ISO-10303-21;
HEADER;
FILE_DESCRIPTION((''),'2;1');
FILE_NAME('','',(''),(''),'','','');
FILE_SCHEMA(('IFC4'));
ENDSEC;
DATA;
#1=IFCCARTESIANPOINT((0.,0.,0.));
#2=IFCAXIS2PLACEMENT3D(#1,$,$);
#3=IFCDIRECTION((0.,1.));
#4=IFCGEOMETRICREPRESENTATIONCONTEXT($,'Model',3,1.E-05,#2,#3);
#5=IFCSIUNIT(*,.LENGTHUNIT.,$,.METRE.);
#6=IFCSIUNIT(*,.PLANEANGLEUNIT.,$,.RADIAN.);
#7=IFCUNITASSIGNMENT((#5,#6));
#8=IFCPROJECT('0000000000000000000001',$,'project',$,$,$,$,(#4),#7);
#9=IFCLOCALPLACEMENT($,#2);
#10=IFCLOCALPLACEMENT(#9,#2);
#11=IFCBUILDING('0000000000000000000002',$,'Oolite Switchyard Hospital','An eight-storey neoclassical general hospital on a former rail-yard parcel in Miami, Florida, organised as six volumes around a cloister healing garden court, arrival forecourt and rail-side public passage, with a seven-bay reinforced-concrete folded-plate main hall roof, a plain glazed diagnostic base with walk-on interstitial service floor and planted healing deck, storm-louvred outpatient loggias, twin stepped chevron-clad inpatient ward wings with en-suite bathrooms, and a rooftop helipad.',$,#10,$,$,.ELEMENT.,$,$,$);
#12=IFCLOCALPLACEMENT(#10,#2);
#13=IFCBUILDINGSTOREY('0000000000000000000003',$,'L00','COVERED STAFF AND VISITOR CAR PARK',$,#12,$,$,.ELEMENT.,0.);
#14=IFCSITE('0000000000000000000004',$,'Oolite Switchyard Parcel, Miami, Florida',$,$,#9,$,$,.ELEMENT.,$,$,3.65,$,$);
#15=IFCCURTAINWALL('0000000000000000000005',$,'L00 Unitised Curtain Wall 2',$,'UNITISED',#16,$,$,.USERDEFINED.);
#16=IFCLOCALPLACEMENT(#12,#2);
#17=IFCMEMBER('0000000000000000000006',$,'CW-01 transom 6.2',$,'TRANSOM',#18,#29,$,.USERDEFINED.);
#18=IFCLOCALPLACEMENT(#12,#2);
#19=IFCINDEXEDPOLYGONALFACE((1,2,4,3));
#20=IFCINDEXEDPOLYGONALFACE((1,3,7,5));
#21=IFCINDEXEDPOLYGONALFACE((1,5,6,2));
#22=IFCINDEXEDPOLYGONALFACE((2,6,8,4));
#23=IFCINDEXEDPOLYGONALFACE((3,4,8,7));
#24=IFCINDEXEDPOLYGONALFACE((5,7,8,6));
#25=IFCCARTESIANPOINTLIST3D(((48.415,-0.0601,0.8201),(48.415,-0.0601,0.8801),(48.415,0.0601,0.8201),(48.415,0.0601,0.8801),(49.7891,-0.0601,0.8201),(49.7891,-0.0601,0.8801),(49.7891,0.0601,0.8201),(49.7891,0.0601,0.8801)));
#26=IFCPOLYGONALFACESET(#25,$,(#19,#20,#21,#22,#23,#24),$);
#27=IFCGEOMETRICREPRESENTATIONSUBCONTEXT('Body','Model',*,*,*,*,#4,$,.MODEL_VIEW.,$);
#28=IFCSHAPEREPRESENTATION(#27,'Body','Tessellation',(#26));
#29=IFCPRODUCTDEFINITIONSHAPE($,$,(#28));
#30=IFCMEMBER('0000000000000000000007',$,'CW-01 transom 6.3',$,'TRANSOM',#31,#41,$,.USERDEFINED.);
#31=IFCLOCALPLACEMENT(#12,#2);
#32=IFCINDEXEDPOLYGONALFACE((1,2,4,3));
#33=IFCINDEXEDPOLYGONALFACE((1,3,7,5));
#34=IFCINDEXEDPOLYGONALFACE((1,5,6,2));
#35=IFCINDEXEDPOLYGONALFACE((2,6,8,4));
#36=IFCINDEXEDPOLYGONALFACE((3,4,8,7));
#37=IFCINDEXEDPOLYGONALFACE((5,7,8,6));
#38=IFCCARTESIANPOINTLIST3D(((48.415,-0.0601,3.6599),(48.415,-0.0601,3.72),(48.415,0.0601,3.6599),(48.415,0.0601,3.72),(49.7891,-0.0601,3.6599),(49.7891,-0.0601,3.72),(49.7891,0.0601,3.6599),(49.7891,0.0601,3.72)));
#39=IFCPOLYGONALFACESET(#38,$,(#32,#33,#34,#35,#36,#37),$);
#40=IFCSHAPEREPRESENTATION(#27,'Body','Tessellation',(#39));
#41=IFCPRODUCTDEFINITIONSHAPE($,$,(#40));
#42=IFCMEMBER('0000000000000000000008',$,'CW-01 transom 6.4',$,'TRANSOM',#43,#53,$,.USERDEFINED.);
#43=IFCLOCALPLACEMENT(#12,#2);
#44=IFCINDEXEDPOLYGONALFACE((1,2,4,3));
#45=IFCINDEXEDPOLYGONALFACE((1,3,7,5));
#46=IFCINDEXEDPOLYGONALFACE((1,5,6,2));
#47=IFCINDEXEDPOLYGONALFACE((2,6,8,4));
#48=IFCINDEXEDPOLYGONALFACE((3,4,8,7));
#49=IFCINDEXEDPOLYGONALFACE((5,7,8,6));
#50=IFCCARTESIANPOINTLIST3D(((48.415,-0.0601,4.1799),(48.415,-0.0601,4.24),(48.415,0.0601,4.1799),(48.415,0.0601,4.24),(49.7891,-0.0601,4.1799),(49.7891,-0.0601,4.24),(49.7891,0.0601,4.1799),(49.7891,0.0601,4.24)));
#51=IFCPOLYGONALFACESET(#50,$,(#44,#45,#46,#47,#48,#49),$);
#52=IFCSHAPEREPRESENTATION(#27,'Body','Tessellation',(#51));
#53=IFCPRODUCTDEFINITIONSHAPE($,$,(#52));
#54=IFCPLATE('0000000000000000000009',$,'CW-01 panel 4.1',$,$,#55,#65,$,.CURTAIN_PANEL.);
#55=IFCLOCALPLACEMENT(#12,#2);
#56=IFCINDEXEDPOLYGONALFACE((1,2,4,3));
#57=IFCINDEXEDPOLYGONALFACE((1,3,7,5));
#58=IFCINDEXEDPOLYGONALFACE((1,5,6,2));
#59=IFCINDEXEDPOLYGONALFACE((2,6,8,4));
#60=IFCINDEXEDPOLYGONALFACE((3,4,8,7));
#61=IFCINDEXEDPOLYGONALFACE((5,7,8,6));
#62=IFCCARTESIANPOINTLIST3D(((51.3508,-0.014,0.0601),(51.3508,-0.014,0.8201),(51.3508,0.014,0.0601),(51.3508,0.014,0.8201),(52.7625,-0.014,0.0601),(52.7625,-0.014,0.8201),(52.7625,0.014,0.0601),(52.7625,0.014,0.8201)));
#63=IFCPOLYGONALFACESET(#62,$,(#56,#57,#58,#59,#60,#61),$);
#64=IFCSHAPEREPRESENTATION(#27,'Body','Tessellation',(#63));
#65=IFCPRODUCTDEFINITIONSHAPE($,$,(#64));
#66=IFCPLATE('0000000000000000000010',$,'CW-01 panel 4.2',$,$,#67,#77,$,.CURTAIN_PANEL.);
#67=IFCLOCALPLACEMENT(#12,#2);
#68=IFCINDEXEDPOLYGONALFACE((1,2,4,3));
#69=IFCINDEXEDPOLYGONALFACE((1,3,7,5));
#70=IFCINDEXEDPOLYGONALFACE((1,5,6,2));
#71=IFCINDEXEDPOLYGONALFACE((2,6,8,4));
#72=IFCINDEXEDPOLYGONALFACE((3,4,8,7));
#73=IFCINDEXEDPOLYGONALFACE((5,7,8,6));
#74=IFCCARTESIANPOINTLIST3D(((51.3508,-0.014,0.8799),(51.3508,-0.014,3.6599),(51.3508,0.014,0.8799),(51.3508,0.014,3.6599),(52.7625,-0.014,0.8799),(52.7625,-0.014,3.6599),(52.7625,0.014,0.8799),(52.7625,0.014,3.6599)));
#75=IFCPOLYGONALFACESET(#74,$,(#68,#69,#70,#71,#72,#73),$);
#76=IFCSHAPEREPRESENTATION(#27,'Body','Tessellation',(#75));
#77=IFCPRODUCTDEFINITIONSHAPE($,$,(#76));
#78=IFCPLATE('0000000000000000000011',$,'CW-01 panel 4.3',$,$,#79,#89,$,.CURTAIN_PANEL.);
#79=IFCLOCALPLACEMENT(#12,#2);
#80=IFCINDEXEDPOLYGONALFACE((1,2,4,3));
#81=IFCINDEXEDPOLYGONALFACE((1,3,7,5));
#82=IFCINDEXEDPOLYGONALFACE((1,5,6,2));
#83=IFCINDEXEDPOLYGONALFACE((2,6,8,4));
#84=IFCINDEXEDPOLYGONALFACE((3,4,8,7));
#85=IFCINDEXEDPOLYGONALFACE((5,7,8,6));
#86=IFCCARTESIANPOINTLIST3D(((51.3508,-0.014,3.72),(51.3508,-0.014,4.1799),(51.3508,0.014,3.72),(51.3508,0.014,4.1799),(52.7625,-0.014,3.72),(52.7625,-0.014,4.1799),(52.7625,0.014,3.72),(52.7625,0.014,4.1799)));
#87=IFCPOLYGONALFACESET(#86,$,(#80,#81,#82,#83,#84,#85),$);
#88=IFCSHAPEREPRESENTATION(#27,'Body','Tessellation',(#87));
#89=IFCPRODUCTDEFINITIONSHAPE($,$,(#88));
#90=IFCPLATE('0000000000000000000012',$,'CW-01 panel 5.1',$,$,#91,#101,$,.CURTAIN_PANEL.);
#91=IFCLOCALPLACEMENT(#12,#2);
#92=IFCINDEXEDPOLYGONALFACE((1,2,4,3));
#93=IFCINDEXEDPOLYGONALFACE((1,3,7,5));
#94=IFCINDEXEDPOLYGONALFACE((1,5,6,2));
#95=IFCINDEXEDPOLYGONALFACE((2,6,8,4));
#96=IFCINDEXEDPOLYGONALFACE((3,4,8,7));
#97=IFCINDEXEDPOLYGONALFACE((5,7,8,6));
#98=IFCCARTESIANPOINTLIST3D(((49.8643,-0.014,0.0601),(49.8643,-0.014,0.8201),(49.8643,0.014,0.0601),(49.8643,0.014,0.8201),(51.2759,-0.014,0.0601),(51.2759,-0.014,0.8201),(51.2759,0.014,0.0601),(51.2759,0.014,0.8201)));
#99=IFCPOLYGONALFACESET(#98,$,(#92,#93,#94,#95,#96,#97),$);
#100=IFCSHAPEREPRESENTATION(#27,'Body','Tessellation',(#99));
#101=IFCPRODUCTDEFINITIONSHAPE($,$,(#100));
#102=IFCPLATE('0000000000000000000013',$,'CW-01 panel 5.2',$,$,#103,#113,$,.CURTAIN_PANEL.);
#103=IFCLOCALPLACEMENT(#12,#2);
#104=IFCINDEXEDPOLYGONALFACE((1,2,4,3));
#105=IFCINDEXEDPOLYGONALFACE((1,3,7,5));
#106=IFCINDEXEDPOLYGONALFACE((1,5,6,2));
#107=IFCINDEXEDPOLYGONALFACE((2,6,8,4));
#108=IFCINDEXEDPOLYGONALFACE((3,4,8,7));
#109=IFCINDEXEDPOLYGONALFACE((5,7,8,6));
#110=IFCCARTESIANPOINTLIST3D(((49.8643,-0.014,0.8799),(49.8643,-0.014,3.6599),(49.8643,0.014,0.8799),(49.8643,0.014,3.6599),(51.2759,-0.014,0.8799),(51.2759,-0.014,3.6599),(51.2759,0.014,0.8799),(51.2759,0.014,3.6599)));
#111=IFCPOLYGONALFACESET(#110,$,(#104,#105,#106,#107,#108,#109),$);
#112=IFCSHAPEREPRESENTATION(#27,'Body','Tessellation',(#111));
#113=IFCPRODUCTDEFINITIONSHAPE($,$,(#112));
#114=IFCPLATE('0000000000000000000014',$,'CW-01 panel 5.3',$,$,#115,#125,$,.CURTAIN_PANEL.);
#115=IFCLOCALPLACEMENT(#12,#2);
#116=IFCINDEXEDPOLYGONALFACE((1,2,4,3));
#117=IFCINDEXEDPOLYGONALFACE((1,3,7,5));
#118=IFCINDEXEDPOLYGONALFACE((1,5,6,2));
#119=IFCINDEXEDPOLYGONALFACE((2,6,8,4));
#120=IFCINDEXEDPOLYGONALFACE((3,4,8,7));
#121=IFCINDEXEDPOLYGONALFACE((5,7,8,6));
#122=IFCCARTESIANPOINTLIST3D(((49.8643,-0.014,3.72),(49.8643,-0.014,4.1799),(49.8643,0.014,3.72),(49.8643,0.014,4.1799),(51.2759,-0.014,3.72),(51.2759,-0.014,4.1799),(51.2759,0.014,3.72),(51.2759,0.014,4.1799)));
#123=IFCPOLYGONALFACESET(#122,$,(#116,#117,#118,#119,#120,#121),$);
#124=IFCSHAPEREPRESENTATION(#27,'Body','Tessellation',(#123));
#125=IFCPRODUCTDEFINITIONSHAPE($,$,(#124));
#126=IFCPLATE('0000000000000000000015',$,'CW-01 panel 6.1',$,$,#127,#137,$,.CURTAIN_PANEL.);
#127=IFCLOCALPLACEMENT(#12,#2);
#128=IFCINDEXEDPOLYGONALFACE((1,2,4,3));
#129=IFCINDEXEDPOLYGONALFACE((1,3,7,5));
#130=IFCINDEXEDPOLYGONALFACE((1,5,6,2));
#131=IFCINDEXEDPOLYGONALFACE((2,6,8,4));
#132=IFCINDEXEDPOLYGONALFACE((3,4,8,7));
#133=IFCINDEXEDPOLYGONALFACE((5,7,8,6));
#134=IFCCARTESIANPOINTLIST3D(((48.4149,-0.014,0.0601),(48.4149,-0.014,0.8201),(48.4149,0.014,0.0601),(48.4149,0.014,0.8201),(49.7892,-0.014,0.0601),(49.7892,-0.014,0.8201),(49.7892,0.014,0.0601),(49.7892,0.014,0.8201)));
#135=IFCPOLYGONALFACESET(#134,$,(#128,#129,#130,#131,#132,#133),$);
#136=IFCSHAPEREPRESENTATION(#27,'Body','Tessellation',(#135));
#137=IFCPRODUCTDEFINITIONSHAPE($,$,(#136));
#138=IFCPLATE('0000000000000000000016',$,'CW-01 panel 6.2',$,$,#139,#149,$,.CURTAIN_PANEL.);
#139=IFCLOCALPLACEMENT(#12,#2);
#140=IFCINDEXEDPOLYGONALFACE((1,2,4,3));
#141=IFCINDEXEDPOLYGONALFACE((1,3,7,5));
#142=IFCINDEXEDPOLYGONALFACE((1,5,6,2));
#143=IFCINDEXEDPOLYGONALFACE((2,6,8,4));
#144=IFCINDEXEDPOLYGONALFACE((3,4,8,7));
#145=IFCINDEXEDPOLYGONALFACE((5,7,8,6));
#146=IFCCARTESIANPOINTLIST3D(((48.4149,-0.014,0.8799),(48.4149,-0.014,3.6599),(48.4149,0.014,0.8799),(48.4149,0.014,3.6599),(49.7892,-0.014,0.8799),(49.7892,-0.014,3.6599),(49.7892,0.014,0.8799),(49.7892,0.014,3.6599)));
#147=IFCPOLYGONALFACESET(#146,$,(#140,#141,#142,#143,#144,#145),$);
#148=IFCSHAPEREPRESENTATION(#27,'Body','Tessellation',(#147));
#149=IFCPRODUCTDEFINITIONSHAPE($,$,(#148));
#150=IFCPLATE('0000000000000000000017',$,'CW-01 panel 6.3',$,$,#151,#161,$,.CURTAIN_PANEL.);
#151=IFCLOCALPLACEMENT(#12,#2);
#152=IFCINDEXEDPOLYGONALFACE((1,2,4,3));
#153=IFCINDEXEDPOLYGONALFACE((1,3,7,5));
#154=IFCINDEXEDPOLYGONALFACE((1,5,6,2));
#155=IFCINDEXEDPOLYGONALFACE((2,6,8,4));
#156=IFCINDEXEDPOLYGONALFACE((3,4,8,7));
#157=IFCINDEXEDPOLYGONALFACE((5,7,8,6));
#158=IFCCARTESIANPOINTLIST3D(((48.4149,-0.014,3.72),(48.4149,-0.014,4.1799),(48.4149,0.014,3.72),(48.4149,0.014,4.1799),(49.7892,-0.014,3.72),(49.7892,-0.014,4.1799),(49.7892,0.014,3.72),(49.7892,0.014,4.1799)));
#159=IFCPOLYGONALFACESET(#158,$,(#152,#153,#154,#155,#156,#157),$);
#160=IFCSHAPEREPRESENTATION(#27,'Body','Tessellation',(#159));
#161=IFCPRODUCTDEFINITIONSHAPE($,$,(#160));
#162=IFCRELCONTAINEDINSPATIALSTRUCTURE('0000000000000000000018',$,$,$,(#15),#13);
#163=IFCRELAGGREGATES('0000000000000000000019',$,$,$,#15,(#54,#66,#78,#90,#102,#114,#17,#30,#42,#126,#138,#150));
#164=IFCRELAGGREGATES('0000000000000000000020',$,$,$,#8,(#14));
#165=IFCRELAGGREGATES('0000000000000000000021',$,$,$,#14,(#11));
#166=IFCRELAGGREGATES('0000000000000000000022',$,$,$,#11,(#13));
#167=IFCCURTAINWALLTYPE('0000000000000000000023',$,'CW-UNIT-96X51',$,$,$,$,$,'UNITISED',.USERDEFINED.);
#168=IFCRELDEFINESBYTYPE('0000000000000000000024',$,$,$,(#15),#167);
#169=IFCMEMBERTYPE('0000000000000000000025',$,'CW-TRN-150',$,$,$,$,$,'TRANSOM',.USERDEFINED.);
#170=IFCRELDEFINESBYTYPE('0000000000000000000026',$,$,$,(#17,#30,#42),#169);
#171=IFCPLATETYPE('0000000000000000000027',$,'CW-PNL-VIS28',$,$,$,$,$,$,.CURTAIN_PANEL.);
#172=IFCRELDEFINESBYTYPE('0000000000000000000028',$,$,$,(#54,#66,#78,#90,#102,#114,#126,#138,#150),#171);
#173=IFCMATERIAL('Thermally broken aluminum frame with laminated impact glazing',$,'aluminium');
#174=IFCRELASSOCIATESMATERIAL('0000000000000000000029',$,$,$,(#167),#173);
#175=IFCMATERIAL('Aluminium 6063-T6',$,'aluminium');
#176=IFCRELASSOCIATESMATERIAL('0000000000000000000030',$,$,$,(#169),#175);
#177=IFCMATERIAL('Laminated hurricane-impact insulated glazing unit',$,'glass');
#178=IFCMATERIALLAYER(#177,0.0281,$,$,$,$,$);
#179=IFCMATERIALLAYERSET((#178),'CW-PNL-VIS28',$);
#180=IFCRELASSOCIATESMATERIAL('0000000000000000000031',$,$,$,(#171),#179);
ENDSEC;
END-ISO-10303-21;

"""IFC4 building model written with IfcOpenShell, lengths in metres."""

from ifc_helpers import new_model, si_unit, direction, frame, origin, origin_2d, place, context, subcontext, project, spatial, rectangle, extrude, material, layer, layer_set, material_profile, profile_set, type_object, element, aggregate, save


model = new_model("IFC4")

# Units and contexts
model_context = context("Model", 3, precision=1e-05, world=origin(), true_north=direction((0.0, 1.0)))
body_context = subcontext(model_context, "Body", "Model", "MODEL_VIEW")
ifc_project = project(units=[si_unit("LENGTHUNIT", "METRE"), si_unit("PLANEANGLEUNIT", "RADIAN")], contexts=[model_context])

# Site, building, storey
site_placement = place(None, origin())
site = spatial("IfcSite", under=ifc_project, at=site_placement, Name="Oolite Switchyard Parcel, Miami, Florida", CompositionType="ELEMENT", RefElevation=3.65)
building_placement = place(site_placement, origin())
building = spatial("IfcBuilding", under=site, at=building_placement, Name="Oolite Switchyard Hospital", Description="An eight-storey neoclassical general hospital on a former rail-yard parcel in Miami, Florida, organised as six volumes around a cloister healing garden court, arrival forecourt and rail-side public passage, with a seven-bay reinforced-concrete folded-plate main hall roof, a plain glazed diagnostic base with walk-on interstitial service floor and planted healing deck, storm-louvred outpatient loggias, twin stepped chevron-clad inpatient ward wings with en-suite bathrooms, and a rooftop helipad.", CompositionType="ELEMENT")
storey_placement = place(building_placement, origin())
storey = spatial("IfcBuildingStorey", under=building, at=storey_placement, Name="L00", Description="COVERED STAFF AND VISITOR CAR PARK", CompositionType="ELEMENT", Elevation=0.0)

# Curtain wall, members, plates
ifc_material_1 = material(Name="Thermally broken aluminum frame with laminated impact glazing", Category="aluminium")
curtain_wall_type = type_object("IfcCurtainWallType", Name="CW-UNIT-96X51", ElementType="UNITISED", PredefinedType="USERDEFINED", material=ifc_material_1)
curtain_wall_placement = place(storey_placement, origin())
curtain_wall = element("IfcCurtainWall", 1, at=curtain_wall_placement, inside=storey, type_object=curtain_wall_type, Name="L00 Unitised Curtain Wall 2", ObjectType="UNITISED", PredefinedType="USERDEFINED")
ifc_material_2 = material(Name="Aluminium 6063-T6", Category="aluminium")
ifc_material_profile_1 = material_profile(ifc_material_2, rectangle(XDim=0.1201, YDim=0.0601, at=origin_2d()), Name="CWT60X120")
ifc_profile_set_1 = profile_set([ifc_material_profile_1], Name="Aluminium 6063-T6")
member_type_1 = type_object("IfcMemberType", Name="CW-TRN-150", ElementType="TRANSOM", PredefinedType="USERDEFINED", material=ifc_profile_set_1)
member_1_placement = place(storey_placement, frame((49.7891, 0.0, 0.8501), z_axis=(-1.0, 0.0, 0.0), x_axis=(0.0, -1.0, 0.0)))
member_1 = element("IfcMember", 2, at=member_1_placement, type_object=member_type_1, Name="CW-01 transom 6.2", ObjectType="TRANSOM", PredefinedType="USERDEFINED", context=body_context, shape_type="SweptSolid", body=[
    extrude(rectangle(XDim=0.1201, YDim=0.0601, at=origin_2d()), origin(), (0.0, 0.0, 1.0), 1.374),
])
member_2_placement = place(storey_placement, frame((49.7891, 0.0, 3.6899), z_axis=(-1.0, 0.0, 0.0), x_axis=(0.0, -1.0, 0.0)))
member_2 = element("IfcMember", 3, at=member_2_placement, type_object=member_type_1, Name="CW-01 transom 6.3", ObjectType="TRANSOM", PredefinedType="USERDEFINED", context=body_context, shape_type="SweptSolid", body=[
    extrude(rectangle(XDim=0.1201, YDim=0.0601, at=origin_2d()), origin(), (0.0, 0.0, 1.0), 1.374),
])
member_3_placement = place(storey_placement, frame((49.7891, 0.0, 4.21), z_axis=(-1.0, 0.0, 0.0), x_axis=(0.0, -1.0, 0.0)))
member_3 = element("IfcMember", 4, at=member_3_placement, type_object=member_type_1, Name="CW-01 transom 6.4", ObjectType="TRANSOM", PredefinedType="USERDEFINED", context=body_context, shape_type="SweptSolid", body=[
    extrude(rectangle(XDim=0.1201, YDim=0.0601, at=origin_2d()), origin(), (0.0, 0.0, 1.0), 1.374),
])
ifc_material_3 = material(Name="Laminated hurricane-impact insulated glazing unit", Category="glass")
ifc_layer = layer(ifc_material_3, 0.0281)
ifc_layer_set = layer_set([ifc_layer], Name="CW-PNL-VIS28")
plate_type = type_object("IfcPlateType", Name="CW-PNL-VIS28", PredefinedType="CURTAIN_PANEL", material=ifc_layer_set)
plate_1_placement = place(storey_placement, frame((52.0566, 0.0, 0.0601), z_axis=(0.0, 0.0, 1.0), x_axis=(-1.0, 0.0, 0.0)))
plate_1 = element("IfcPlate", 5, at=plate_1_placement, type_object=plate_type, Name="CW-01 panel 4.1", PredefinedType="CURTAIN_PANEL", context=body_context, shape_type="SweptSolid", body=[
    extrude(rectangle(XDim=1.4116, YDim=0.0281, at=origin_2d()), origin(), (0.0, 0.0, 1.0), 0.76),
])
plate_2_placement = place(storey_placement, frame((52.0566, 0.0, 0.8799), z_axis=(0.0, 0.0, 1.0), x_axis=(-1.0, 0.0, 0.0)))
plate_2 = element("IfcPlate", 6, at=plate_2_placement, type_object=plate_type, Name="CW-01 panel 4.2", PredefinedType="CURTAIN_PANEL", context=body_context, shape_type="SweptSolid", body=[
    extrude(rectangle(XDim=1.4116, YDim=0.0281, at=origin_2d()), origin(), (0.0, 0.0, 1.0), 2.78),
])
plate_3_placement = place(storey_placement, frame((52.0566, 0.0, 3.72), z_axis=(0.0, 0.0, 1.0), x_axis=(-1.0, 0.0, 0.0)))
plate_3 = element("IfcPlate", 7, at=plate_3_placement, type_object=plate_type, Name="CW-01 panel 4.3", PredefinedType="CURTAIN_PANEL", context=body_context, shape_type="SweptSolid", body=[
    extrude(rectangle(XDim=1.4116, YDim=0.0281, at=origin_2d()), origin(), (0.0, 0.0, 1.0), 0.46),
])
plate_4_placement = place(storey_placement, frame((50.5701, 0.0, 0.0601), z_axis=(0.0, 0.0, 1.0), x_axis=(-1.0, 0.0, 0.0)))
plate_4 = element("IfcPlate", 8, at=plate_4_placement, type_object=plate_type, Name="CW-01 panel 5.1", PredefinedType="CURTAIN_PANEL", context=body_context, shape_type="SweptSolid", body=[
    extrude(rectangle(XDim=1.4116, YDim=0.0281, at=origin_2d()), origin(), (0.0, 0.0, 1.0), 0.76),
])
plate_5_placement = place(storey_placement, frame((50.5701, 0.0, 0.8799), z_axis=(0.0, 0.0, 1.0), x_axis=(-1.0, 0.0, 0.0)))
plate_5 = element("IfcPlate", 9, at=plate_5_placement, type_object=plate_type, Name="CW-01 panel 5.2", PredefinedType="CURTAIN_PANEL", context=body_context, shape_type="SweptSolid", body=[
    extrude(rectangle(XDim=1.4116, YDim=0.0281, at=origin_2d()), origin(), (0.0, 0.0, 1.0), 2.78),
])
plate_6_placement = place(storey_placement, frame((50.5701, 0.0, 3.72), z_axis=(0.0, 0.0, 1.0), x_axis=(-1.0, 0.0, 0.0)))
plate_6 = element("IfcPlate", 10, at=plate_6_placement, type_object=plate_type, Name="CW-01 panel 5.3", PredefinedType="CURTAIN_PANEL", context=body_context, shape_type="SweptSolid", body=[
    extrude(rectangle(XDim=1.4116, YDim=0.0281, at=origin_2d()), origin(), (0.0, 0.0, 1.0), 0.46),
])
plate_7_placement = place(storey_placement, frame((49.1021, 0.0, 0.0601), z_axis=(0.0, 0.0, 1.0), x_axis=(-1.0, 0.0, 0.0)))
plate_7 = element("IfcPlate", 11, at=plate_7_placement, type_object=plate_type, Name="CW-01 panel 6.1", PredefinedType="CURTAIN_PANEL", context=body_context, shape_type="SweptSolid", body=[
    extrude(rectangle(XDim=1.3743, YDim=0.0281, at=origin_2d()), origin(), (0.0, 0.0, 1.0), 0.76),
])
plate_8_placement = place(storey_placement, frame((49.1021, 0.0, 0.8799), z_axis=(0.0, 0.0, 1.0), x_axis=(-1.0, 0.0, 0.0)))
plate_8 = element("IfcPlate", 12, at=plate_8_placement, type_object=plate_type, Name="CW-01 panel 6.2", PredefinedType="CURTAIN_PANEL", context=body_context, shape_type="SweptSolid", body=[
    extrude(rectangle(XDim=1.3743, YDim=0.0281, at=origin_2d()), origin(), (0.0, 0.0, 1.0), 2.78),
])
plate_9_placement = place(storey_placement, frame((49.1021, 0.0, 3.72), z_axis=(0.0, 0.0, 1.0), x_axis=(-1.0, 0.0, 0.0)))
plate_9 = element("IfcPlate", 13, at=plate_9_placement, type_object=plate_type, Name="CW-01 panel 6.3", PredefinedType="CURTAIN_PANEL", context=body_context, shape_type="SweptSolid", body=[
    extrude(rectangle(XDim=1.3743, YDim=0.0281, at=origin_2d()), origin(), (0.0, 0.0, 1.0), 0.46),
])
aggregate(curtain_wall, [plate_1, plate_2, plate_3, plate_4, plate_5, plate_6, member_1, member_2, member_3, plate_7, plate_8, plate_9])

save(model, "model.ifc")
